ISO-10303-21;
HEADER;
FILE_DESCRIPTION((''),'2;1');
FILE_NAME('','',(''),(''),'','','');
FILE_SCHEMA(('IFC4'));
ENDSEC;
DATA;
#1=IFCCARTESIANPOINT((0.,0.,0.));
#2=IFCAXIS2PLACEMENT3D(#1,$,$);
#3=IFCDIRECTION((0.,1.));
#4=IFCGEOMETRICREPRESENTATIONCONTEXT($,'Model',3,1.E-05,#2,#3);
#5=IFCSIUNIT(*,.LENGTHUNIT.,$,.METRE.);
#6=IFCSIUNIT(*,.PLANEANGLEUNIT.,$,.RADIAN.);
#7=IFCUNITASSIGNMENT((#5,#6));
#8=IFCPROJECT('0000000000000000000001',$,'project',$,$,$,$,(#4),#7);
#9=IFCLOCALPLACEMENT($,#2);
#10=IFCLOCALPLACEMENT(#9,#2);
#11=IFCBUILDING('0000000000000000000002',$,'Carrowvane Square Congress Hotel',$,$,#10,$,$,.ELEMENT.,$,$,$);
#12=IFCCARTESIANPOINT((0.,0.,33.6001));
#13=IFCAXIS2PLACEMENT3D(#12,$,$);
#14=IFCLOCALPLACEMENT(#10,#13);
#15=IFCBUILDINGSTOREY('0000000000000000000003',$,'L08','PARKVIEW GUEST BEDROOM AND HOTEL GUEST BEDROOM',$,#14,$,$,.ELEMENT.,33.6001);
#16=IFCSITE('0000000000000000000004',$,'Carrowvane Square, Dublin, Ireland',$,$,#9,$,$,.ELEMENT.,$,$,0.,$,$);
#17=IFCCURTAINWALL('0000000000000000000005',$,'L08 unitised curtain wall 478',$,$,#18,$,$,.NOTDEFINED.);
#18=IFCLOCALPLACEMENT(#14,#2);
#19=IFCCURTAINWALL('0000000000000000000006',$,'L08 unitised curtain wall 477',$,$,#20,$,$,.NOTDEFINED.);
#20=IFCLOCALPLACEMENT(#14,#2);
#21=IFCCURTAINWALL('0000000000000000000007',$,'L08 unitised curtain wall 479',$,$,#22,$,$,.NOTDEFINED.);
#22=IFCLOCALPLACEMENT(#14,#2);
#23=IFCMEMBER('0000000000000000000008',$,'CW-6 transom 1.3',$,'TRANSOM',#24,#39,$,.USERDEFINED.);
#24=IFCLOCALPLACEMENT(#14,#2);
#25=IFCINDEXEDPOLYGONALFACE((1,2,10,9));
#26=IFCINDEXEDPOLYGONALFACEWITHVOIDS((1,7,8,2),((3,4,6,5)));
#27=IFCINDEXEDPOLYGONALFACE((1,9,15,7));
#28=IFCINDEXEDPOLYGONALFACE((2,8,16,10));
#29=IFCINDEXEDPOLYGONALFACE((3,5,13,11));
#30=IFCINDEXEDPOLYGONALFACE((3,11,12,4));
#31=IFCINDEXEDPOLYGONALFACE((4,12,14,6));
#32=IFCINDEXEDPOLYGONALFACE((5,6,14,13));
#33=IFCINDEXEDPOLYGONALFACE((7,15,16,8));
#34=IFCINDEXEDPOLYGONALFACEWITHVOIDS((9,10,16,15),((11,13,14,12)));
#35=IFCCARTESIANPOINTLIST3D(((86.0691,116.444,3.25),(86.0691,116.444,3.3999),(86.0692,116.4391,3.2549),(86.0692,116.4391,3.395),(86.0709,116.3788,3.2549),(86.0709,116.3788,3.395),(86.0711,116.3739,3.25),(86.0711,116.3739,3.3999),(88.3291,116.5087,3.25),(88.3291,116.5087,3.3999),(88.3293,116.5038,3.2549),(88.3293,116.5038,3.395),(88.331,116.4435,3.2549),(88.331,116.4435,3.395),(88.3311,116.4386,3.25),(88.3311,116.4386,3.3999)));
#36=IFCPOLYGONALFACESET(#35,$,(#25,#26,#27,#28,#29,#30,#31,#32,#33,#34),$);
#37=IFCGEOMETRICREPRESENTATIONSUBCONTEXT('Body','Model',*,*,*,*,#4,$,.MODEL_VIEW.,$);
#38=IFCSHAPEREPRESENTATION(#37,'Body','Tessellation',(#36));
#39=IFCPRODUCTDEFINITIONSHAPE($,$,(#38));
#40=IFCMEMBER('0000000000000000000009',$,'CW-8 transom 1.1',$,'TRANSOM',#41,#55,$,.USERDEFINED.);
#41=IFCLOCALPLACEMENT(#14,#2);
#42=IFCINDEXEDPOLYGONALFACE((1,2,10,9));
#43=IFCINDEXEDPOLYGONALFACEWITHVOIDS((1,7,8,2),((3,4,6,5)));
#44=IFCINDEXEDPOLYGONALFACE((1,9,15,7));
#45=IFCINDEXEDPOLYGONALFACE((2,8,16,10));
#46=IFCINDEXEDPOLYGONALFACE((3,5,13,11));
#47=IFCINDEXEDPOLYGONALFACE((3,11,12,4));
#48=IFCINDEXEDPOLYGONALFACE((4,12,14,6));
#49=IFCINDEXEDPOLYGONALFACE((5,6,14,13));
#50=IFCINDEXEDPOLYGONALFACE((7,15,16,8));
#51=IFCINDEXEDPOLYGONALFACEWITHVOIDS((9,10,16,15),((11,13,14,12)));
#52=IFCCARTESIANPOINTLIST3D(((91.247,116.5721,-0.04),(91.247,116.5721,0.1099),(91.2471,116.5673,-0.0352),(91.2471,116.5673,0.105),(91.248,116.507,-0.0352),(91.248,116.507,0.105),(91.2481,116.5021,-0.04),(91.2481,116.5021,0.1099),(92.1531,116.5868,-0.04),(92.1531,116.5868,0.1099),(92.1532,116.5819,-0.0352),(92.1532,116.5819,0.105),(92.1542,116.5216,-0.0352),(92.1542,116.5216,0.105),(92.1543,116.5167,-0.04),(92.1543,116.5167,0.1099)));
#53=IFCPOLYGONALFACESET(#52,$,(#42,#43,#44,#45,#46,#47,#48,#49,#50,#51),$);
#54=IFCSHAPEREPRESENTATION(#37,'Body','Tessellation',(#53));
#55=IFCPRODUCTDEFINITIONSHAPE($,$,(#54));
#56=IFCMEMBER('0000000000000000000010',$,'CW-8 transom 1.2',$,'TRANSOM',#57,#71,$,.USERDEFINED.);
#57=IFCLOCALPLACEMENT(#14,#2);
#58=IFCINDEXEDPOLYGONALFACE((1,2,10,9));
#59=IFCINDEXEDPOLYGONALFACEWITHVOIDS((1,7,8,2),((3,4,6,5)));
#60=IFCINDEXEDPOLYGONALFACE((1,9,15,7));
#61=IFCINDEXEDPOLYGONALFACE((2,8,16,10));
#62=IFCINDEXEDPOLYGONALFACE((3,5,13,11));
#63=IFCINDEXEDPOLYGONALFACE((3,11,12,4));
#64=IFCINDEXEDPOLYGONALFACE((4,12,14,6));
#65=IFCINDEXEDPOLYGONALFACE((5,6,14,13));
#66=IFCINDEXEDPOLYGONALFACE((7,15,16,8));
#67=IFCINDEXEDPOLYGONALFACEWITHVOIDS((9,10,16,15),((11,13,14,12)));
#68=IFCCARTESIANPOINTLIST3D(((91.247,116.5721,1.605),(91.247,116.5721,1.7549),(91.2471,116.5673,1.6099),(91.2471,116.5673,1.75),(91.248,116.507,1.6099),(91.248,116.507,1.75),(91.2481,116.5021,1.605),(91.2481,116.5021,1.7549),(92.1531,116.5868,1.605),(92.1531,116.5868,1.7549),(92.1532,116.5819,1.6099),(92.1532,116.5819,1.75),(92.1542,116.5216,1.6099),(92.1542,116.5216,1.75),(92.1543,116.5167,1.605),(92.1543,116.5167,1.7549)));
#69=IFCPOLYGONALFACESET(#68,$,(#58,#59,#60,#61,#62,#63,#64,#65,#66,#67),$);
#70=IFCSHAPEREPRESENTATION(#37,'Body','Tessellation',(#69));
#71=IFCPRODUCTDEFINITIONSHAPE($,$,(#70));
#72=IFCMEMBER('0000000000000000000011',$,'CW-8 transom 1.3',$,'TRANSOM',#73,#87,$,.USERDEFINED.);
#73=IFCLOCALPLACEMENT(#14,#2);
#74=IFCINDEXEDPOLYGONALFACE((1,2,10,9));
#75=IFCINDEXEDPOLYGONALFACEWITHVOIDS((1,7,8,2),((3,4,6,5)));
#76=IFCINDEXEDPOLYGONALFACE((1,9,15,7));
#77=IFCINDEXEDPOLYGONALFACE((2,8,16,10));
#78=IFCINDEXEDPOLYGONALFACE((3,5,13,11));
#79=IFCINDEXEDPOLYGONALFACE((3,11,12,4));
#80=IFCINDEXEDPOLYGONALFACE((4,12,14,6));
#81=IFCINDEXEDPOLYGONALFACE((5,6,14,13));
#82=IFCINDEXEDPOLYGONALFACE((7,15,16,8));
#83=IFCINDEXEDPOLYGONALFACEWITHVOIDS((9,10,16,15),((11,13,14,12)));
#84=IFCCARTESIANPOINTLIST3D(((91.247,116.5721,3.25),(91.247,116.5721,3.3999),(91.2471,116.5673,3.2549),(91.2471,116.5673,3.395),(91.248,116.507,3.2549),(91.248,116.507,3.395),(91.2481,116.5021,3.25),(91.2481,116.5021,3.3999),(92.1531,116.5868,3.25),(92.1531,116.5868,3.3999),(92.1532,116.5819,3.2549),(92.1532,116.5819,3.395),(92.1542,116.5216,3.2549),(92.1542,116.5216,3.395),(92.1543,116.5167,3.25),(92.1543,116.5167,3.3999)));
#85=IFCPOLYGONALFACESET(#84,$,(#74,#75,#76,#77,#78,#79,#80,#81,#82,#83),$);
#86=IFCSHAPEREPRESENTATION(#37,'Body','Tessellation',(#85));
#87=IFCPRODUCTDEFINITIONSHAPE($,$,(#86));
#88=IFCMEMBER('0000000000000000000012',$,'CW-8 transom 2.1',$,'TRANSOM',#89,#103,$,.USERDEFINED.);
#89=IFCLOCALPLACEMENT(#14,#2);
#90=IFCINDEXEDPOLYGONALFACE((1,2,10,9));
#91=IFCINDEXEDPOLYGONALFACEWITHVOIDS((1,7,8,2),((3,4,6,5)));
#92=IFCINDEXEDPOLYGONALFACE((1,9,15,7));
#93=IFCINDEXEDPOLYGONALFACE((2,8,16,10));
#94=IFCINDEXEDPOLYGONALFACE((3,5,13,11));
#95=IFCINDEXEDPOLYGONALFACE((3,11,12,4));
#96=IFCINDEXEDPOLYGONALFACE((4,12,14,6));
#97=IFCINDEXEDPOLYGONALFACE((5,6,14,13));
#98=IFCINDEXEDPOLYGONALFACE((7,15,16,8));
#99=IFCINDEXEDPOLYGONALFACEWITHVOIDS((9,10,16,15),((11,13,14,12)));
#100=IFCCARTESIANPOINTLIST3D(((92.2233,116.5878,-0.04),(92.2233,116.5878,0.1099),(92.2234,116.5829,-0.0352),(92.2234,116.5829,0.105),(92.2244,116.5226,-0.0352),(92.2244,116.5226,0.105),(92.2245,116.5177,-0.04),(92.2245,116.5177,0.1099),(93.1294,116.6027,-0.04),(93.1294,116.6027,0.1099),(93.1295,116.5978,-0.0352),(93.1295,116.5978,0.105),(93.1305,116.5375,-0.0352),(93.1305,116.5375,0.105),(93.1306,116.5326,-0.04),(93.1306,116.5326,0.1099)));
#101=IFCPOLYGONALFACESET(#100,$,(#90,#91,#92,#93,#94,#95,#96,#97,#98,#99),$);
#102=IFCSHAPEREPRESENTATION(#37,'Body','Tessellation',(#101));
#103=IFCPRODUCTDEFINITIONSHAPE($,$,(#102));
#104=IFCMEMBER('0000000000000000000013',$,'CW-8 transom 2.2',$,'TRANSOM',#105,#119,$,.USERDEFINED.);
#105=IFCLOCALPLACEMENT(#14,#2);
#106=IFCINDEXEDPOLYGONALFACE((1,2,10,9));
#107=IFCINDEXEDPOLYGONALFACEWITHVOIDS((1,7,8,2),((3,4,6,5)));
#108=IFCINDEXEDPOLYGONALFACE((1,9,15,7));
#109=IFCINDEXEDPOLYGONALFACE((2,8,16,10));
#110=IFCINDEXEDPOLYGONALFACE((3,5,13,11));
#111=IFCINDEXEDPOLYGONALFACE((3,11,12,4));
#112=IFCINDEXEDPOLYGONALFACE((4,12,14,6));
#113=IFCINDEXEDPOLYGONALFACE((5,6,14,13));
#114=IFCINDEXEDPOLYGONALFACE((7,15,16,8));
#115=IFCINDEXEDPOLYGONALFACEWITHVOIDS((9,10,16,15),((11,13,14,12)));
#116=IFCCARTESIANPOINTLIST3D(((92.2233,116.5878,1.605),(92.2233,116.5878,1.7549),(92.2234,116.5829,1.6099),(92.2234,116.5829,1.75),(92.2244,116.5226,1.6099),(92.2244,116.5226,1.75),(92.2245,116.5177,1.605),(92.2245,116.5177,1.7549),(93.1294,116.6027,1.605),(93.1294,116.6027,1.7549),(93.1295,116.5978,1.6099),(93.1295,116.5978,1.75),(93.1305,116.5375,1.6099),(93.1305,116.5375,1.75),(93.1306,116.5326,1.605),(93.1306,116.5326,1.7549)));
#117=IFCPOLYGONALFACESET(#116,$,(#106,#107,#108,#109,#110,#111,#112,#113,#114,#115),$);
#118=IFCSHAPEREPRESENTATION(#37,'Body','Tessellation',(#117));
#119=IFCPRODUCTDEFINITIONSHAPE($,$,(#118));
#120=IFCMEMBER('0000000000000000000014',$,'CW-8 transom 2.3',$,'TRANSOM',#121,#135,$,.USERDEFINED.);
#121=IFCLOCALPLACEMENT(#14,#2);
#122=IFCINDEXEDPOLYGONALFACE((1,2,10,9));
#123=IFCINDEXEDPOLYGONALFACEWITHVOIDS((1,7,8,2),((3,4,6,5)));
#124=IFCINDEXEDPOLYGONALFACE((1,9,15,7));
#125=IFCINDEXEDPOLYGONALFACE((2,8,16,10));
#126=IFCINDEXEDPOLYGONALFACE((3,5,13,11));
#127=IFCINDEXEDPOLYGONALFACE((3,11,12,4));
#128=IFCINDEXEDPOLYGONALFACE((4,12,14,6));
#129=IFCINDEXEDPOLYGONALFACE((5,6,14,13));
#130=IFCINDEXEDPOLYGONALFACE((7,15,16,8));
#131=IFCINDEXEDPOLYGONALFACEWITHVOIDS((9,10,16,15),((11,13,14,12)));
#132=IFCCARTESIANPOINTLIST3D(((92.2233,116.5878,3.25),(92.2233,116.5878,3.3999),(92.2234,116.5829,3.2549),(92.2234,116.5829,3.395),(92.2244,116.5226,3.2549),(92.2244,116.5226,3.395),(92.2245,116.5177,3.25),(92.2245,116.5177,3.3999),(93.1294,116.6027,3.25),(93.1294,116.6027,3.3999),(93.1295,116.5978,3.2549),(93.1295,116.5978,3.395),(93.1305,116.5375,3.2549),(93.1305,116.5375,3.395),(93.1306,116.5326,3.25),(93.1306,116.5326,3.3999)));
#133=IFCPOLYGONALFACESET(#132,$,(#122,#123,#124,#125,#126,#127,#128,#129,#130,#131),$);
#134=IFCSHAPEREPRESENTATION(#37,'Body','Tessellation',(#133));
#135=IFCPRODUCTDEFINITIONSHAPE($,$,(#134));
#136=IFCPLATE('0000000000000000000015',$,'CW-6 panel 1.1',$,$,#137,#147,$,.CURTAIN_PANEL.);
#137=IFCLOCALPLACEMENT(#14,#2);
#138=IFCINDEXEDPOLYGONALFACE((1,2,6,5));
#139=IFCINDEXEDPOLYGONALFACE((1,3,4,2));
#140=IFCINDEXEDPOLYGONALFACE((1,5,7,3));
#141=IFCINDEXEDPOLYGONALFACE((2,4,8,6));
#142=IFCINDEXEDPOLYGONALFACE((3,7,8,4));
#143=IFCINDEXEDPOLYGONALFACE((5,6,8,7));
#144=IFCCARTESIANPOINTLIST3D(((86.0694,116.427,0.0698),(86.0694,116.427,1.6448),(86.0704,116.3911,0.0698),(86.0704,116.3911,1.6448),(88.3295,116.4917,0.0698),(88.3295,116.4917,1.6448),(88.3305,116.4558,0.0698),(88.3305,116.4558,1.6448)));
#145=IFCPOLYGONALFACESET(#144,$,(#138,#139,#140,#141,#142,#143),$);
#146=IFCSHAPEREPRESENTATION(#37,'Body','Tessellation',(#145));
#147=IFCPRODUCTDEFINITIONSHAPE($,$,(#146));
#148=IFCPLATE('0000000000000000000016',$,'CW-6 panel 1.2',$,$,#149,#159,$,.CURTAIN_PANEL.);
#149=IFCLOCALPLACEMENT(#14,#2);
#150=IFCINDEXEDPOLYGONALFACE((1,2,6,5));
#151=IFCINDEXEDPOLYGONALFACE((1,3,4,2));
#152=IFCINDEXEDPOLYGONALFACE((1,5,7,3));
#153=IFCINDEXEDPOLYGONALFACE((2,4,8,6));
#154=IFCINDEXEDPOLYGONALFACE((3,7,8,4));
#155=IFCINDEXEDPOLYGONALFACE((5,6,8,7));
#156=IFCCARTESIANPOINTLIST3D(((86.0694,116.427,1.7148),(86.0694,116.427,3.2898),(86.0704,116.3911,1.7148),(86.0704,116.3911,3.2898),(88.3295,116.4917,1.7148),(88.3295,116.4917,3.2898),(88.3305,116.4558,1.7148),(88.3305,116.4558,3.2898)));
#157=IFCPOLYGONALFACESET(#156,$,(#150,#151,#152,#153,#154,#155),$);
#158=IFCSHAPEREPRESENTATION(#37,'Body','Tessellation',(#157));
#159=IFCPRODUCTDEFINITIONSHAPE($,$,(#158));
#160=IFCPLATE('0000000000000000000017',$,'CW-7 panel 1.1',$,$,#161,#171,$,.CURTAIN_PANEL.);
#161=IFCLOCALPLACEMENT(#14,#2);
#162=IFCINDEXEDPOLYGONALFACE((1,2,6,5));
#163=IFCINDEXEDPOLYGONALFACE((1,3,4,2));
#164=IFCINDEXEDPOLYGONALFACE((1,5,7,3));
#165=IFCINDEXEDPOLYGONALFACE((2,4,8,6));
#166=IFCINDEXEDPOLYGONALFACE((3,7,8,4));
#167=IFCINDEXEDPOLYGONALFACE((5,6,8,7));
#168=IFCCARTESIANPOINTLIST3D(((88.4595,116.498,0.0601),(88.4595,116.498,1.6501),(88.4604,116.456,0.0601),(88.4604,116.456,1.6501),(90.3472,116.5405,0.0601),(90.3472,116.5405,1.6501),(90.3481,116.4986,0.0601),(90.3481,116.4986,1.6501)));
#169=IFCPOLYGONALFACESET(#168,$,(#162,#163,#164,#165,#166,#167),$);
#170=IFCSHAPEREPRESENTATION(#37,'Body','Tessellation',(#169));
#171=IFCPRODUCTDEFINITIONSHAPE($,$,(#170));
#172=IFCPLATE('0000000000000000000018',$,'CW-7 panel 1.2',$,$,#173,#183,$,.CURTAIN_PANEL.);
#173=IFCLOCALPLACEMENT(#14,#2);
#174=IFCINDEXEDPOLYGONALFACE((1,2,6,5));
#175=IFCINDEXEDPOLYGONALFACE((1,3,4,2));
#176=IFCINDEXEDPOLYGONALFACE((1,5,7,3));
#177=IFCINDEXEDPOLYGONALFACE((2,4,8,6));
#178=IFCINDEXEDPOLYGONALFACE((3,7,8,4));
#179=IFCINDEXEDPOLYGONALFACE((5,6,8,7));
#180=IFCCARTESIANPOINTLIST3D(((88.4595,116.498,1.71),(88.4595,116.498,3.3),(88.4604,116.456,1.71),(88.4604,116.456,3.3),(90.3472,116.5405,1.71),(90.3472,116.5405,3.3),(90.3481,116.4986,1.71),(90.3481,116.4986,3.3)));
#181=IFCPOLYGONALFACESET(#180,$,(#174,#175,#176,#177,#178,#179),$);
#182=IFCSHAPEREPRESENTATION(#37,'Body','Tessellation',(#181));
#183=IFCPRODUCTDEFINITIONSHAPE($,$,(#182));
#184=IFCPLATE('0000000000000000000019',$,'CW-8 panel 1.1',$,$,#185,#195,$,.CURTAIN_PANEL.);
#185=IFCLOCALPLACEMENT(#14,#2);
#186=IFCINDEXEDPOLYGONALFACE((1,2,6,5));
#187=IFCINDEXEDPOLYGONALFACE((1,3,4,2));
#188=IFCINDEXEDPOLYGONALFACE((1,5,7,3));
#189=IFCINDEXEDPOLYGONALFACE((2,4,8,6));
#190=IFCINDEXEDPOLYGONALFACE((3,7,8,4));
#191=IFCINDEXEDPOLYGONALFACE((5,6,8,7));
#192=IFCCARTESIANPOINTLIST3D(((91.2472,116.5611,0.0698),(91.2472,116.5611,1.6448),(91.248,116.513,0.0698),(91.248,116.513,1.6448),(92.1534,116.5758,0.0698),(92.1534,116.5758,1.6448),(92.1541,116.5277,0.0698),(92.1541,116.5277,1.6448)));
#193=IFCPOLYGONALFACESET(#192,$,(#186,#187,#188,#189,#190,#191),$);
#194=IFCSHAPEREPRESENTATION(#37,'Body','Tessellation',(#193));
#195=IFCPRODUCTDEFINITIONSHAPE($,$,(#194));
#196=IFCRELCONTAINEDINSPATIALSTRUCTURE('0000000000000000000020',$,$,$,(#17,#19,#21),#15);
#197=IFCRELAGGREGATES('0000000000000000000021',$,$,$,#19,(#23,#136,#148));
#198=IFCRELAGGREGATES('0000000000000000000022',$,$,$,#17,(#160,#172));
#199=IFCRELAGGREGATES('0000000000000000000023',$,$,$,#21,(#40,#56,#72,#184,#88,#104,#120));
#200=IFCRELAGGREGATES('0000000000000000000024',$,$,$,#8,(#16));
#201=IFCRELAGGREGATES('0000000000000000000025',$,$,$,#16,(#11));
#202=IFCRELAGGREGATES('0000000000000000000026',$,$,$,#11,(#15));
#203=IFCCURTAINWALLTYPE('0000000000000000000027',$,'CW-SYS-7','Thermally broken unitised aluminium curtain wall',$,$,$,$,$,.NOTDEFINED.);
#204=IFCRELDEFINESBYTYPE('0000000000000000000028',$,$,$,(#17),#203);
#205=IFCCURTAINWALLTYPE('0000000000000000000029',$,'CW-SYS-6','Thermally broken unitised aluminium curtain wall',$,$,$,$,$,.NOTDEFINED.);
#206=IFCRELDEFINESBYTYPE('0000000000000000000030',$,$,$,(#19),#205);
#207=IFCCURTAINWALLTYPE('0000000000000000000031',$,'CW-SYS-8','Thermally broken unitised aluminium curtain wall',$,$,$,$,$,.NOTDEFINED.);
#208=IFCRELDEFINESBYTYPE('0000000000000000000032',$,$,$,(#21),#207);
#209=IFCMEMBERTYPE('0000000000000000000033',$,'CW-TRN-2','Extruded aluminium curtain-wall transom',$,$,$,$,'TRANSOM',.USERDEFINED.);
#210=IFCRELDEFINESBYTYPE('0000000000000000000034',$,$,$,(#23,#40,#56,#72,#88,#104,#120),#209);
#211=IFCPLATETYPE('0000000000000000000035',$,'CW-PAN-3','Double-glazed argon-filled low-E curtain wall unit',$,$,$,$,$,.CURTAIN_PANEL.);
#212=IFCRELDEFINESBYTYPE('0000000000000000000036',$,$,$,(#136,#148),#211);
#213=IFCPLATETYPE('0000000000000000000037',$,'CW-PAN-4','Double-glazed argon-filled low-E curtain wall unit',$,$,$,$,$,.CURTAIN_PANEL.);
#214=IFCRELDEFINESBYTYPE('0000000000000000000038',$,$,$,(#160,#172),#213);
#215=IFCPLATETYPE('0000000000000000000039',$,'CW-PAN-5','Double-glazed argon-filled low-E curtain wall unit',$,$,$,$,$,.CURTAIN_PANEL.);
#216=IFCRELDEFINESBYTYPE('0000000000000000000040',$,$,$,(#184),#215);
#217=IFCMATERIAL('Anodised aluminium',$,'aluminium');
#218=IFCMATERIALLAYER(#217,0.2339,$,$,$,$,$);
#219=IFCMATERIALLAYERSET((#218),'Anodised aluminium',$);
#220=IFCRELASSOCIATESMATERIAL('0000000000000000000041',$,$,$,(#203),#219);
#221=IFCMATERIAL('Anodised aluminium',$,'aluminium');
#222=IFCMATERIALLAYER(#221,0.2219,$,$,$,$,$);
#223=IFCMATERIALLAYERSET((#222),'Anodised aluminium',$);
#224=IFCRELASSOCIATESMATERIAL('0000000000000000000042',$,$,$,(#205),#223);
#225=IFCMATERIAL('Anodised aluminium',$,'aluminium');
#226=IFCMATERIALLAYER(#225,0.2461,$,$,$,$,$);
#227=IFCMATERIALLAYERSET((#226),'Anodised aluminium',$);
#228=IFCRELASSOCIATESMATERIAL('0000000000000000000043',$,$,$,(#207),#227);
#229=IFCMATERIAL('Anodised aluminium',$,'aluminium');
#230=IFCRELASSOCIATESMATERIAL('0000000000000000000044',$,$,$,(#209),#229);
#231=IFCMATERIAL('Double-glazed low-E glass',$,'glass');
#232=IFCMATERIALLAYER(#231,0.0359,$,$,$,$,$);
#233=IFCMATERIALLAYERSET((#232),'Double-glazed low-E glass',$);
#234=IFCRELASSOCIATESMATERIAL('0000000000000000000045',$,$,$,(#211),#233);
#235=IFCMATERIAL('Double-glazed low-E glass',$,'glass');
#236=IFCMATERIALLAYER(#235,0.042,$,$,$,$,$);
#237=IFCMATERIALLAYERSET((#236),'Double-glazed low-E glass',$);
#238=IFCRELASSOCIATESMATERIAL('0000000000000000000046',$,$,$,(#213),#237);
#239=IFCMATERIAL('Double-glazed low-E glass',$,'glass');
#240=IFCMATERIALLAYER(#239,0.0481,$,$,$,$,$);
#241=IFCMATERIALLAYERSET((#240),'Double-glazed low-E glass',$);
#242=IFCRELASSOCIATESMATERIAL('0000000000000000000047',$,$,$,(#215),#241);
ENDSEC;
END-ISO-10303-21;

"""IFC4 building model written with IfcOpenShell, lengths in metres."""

from ifc_helpers import new_model, si_unit, direction, frame, origin, origin_2d, place, context, subcontext, project, spatial, rectangle, hollow_rectangle, extrude, material, layer, layer_set, material_profile, profile_set, type_object, element, aggregate, save


model = new_model("IFC4")

# Units and contexts
model_context = context("Model", 3, precision=1e-05, world=origin(), true_north=direction((0.0, 1.0)))
body_context = subcontext(model_context, "Body", "Model", "MODEL_VIEW")
ifc_project = project(units=[si_unit("LENGTHUNIT", "METRE"), si_unit("PLANEANGLEUNIT", "RADIAN")], contexts=[model_context])

# Site, building, storey
site_placement = place(None, origin())
site = spatial("IfcSite", under=ifc_project, at=site_placement, Name="Carrowvane Square, Dublin, Ireland", CompositionType="ELEMENT", RefElevation=0.0)
building_placement = place(site_placement, origin())
building = spatial("IfcBuilding", under=site, at=building_placement, Name="Carrowvane Square Congress Hotel", CompositionType="ELEMENT")
storey_placement = place(building_placement, frame((0.0, 0.0, 33.6001)))
storey = spatial("IfcBuildingStorey", under=building, at=storey_placement, Name="L08", Description="PARKVIEW GUEST BEDROOM AND HOTEL GUEST BEDROOM", CompositionType="ELEMENT", Elevation=33.6001)

# Curtain walls
ifc_material_1 = material(Name="Anodised aluminium", Category="aluminium")
ifc_layer_1 = layer(ifc_material_1, 0.2339)
ifc_layer_set_1 = layer_set([ifc_layer_1], Name="Anodised aluminium")
curtain_wall_type_1 = type_object("IfcCurtainWallType", Name="CW-SYS-7", Description="Thermally broken unitised aluminium curtain wall", PredefinedType="NOTDEFINED", material=ifc_layer_set_1)
curtain_wall_1_placement = place(storey_placement, origin())
curtain_wall_1 = element("IfcCurtainWall", 1, at=curtain_wall_1_placement, inside=storey, type_object=curtain_wall_type_1, Name="L08 unitised curtain wall 478", PredefinedType="NOTDEFINED")
ifc_material_2 = material(Name="Anodised aluminium", Category="aluminium")
ifc_layer_2 = layer(ifc_material_2, 0.2219)
ifc_layer_set_2 = layer_set([ifc_layer_2], Name="Anodised aluminium")
curtain_wall_type_2 = type_object("IfcCurtainWallType", Name="CW-SYS-6", Description="Thermally broken unitised aluminium curtain wall", PredefinedType="NOTDEFINED", material=ifc_layer_set_2)
curtain_wall_2_placement = place(storey_placement, origin())
curtain_wall_2 = element("IfcCurtainWall", 2, at=curtain_wall_2_placement, inside=storey, type_object=curtain_wall_type_2, Name="L08 unitised curtain wall 477", PredefinedType="NOTDEFINED")
ifc_material_3 = material(Name="Anodised aluminium", Category="aluminium")
ifc_layer_3 = layer(ifc_material_3, 0.2461)
ifc_layer_set_3 = layer_set([ifc_layer_3], Name="Anodised aluminium")
curtain_wall_type_3 = type_object("IfcCurtainWallType", Name="CW-SYS-8", Description="Thermally broken unitised aluminium curtain wall", PredefinedType="NOTDEFINED", material=ifc_layer_set_3)
curtain_wall_3_placement = place(storey_placement, origin())
curtain_wall_3 = element("IfcCurtainWall", 3, at=curtain_wall_3_placement, inside=storey, type_object=curtain_wall_type_3, Name="L08 unitised curtain wall 479", PredefinedType="NOTDEFINED")

# Members
ifc_material_4 = material(Name="Anodised aluminium", Category="aluminium")
ifc_material_profile_1 = material_profile(ifc_material_4, hollow_rectangle(XDim=0.0701, YDim=0.1499, WallThickness=0.0049, at=origin_2d()), Name="CW-TR 70x150x5")
ifc_profile_set_1 = profile_set([ifc_material_profile_1], Name="Anodised aluminium")
member_type_1 = type_object("IfcMemberType", Name="CW-TRN-2", Description="Extruded aluminium curtain-wall transom", ElementType="TRANSOM", PredefinedType="USERDEFINED", material=ifc_profile_set_1)
member_1_placement = place(storey_placement, frame((86.0701, 116.4089, 3.325), z_axis=(0.99959, 0.028615, 0.0), x_axis=(-0.028615, 0.99959, 0.0)))
member_1 = element("IfcMember", 4, at=member_1_placement, type_object=member_type_1, Name="CW-6 transom 1.3", ObjectType="TRANSOM", PredefinedType="USERDEFINED", context=body_context, shape_type="SweptSolid", body=[
    extrude(hollow_rectangle(XDim=0.0701, YDim=0.1499, WallThickness=0.0049, at=origin_2d()), origin(), (0.0, 0.0, 1.0), 2.261),
])
member_2_placement = place(storey_placement, frame((91.2476, 116.5371, 0.0349), z_axis=(0.999869, 0.016162, 0.0), x_axis=(-0.016162, 0.999869, 0.0)))
member_2 = element("IfcMember", 5, at=member_2_placement, type_object=member_type_1, Name="CW-8 transom 1.1", ObjectType="TRANSOM", PredefinedType="USERDEFINED", context=body_context, shape_type="SweptSolid", body=[
    extrude(hollow_rectangle(XDim=0.0701, YDim=0.1499, WallThickness=0.0049, at=origin_2d()), origin(), (0.0, 0.0, 1.0), 0.9062),
])
member_3_placement = place(storey_placement, frame((91.2476, 116.5371, 1.6799), z_axis=(0.999869, 0.016162, 0.0), x_axis=(-0.016162, 0.999869, 0.0)))
member_3 = element("IfcMember", 6, at=member_3_placement, type_object=member_type_1, Name="CW-8 transom 1.2", ObjectType="TRANSOM", PredefinedType="USERDEFINED", context=body_context, shape_type="SweptSolid", body=[
    extrude(hollow_rectangle(XDim=0.0701, YDim=0.1499, WallThickness=0.0049, at=origin_2d()), origin(), (0.0, 0.0, 1.0), 0.9062),
])
member_4_placement = place(storey_placement, frame((91.2476, 116.5371, 3.325), z_axis=(0.999869, 0.016162, 0.0), x_axis=(-0.016162, 0.999869, 0.0)))
member_4 = element("IfcMember", 7, at=member_4_placement, type_object=member_type_1, Name="CW-8 transom 1.3", ObjectType="TRANSOM", PredefinedType="USERDEFINED", context=body_context, shape_type="SweptSolid", body=[
    extrude(hollow_rectangle(XDim=0.0701, YDim=0.1499, WallThickness=0.0049, at=origin_2d()), origin(), (0.0, 0.0, 1.0), 0.9062),
])
member_5_placement = place(storey_placement, frame((92.2239, 116.5527, 0.0349), z_axis=(0.999865, 0.016435, 0.0), x_axis=(-0.016435, 0.999865, 0.0)))
member_5 = element("IfcMember", 8, at=member_5_placement, type_object=member_type_1, Name="CW-8 transom 2.1", ObjectType="TRANSOM", PredefinedType="USERDEFINED", context=body_context, shape_type="SweptSolid", body=[
    extrude(hollow_rectangle(XDim=0.0701, YDim=0.1499, WallThickness=0.0049, at=origin_2d()), origin(), (0.0, 0.0, 1.0), 0.9062),
])
member_6_placement = place(storey_placement, frame((92.2239, 116.5527, 1.6799), z_axis=(0.999865, 0.016435, 0.0), x_axis=(-0.016435, 0.999865, 0.0)))
member_6 = element("IfcMember", 9, at=member_6_placement, type_object=member_type_1, Name="CW-8 transom 2.2", ObjectType="TRANSOM", PredefinedType="USERDEFINED", context=body_context, shape_type="SweptSolid", body=[
    extrude(hollow_rectangle(XDim=0.0701, YDim=0.1499, WallThickness=0.0049, at=origin_2d()), origin(), (0.0, 0.0, 1.0), 0.9062),
])
member_7_placement = place(storey_placement, frame((92.2239, 116.5527, 3.325), z_axis=(0.999865, 0.016435, 0.0), x_axis=(-0.016435, 0.999865, 0.0)))
member_7 = element("IfcMember", 10, at=member_7_placement, type_object=member_type_1, Name="CW-8 transom 2.3", ObjectType="TRANSOM", PredefinedType="USERDEFINED", context=body_context, shape_type="SweptSolid", body=[
    extrude(hollow_rectangle(XDim=0.0701, YDim=0.1499, WallThickness=0.0049, at=origin_2d()), origin(), (0.0, 0.0, 1.0), 0.9062),
])

# Plates
ifc_material_5 = material(Name="Double-glazed low-E glass", Category="glass")
ifc_layer_4 = layer(ifc_material_5, 0.0359)
ifc_layer_set_4 = layer_set([ifc_layer_4], Name="Double-glazed low-E glass")
plate_type_1 = type_object("IfcPlateType", Name="CW-PAN-3", Description="Double-glazed argon-filled low-E curtain wall unit", PredefinedType="CURTAIN_PANEL", material=ifc_layer_set_4)
plate_1_placement = place(storey_placement, frame((87.2, 116.4414, 0.0698), z_axis=(0.0, 0.0, 1.0), x_axis=(0.99959, 0.028638, 0.0)))
plate_1 = element("IfcPlate", 11, at=plate_1_placement, type_object=plate_type_1, Name="CW-6 panel 1.1", PredefinedType="CURTAIN_PANEL", context=body_context, shape_type="SweptSolid", body=[
    extrude(rectangle(XDim=2.261, YDim=0.0359, at=origin_2d()), origin(), (0.0, 0.0, 1.0), 1.575),
])
plate_2_placement = place(storey_placement, frame((87.2, 116.4414, 1.7148), z_axis=(0.0, 0.0, 1.0), x_axis=(0.99959, 0.028638, 0.0)))
plate_2 = element("IfcPlate", 12, at=plate_2_placement, type_object=plate_type_1, Name="CW-6 panel 1.2", PredefinedType="CURTAIN_PANEL", context=body_context, shape_type="SweptSolid", body=[
    extrude(rectangle(XDim=2.261, YDim=0.0359, at=origin_2d()), origin(), (0.0, 0.0, 1.0), 1.575),
])
aggregate(curtain_wall_2, [member_1, plate_1, plate_2])
ifc_material_6 = material(Name="Double-glazed low-E glass", Category="glass")
ifc_layer_5 = layer(ifc_material_6, 0.042)
ifc_layer_set_5 = layer_set([ifc_layer_5], Name="Double-glazed low-E glass")
plate_type_2 = type_object("IfcPlateType", Name="CW-PAN-4", Description="Double-glazed argon-filled low-E curtain wall unit", PredefinedType="CURTAIN_PANEL", material=ifc_layer_set_5)
plate_3_placement = place(storey_placement, frame((89.4038, 116.4983, 0.0601), z_axis=(0.0, 0.0, 1.0), x_axis=(0.999746, 0.022518, 0.0)))
plate_3 = element("IfcPlate", 13, at=plate_3_placement, type_object=plate_type_2, Name="CW-7 panel 1.1", PredefinedType="CURTAIN_PANEL", context=body_context, shape_type="SweptSolid", body=[
    extrude(rectangle(XDim=1.8882, YDim=0.042, at=origin_2d()), origin(), (0.0, 0.0, 1.0), 1.5901),
])
plate_4_placement = place(storey_placement, frame((89.4038, 116.4983, 1.71), z_axis=(0.0, 0.0, 1.0), x_axis=(0.999746, 0.022518, 0.0)))
plate_4 = element("IfcPlate", 14, at=plate_4_placement, type_object=plate_type_2, Name="CW-7 panel 1.2", PredefinedType="CURTAIN_PANEL", context=body_context, shape_type="SweptSolid", body=[
    extrude(rectangle(XDim=1.8882, YDim=0.042, at=origin_2d()), origin(), (0.0, 0.0, 1.0), 1.5901),
])
aggregate(curtain_wall_1, [plate_3, plate_4])
ifc_material_7 = material(Name="Double-glazed low-E glass", Category="glass")
ifc_layer_6 = layer(ifc_material_7, 0.0481)
ifc_layer_set_6 = layer_set([ifc_layer_6], Name="Double-glazed low-E glass")
plate_type_3 = type_object("IfcPlateType", Name="CW-PAN-5", Description="Double-glazed argon-filled low-E curtain wall unit", PredefinedType="CURTAIN_PANEL", material=ifc_layer_set_6)
plate_5_placement = place(storey_placement, frame((91.7007, 116.5444, 0.0698), z_axis=(0.0, 0.0, 1.0), x_axis=(0.999869, 0.016216, 0.0)))
plate_5 = element("IfcPlate", 15, at=plate_5_placement, type_object=plate_type_3, Name="CW-8 panel 1.1", PredefinedType="CURTAIN_PANEL", context=body_context, shape_type="SweptSolid", body=[
    extrude(rectangle(XDim=0.9062, YDim=0.0481, at=origin_2d()), origin(), (0.0, 0.0, 1.0), 1.575),
])
aggregate(curtain_wall_3, [member_2, member_3, member_4, plate_5, member_5, member_6, member_7])

save(model, "model.ifc")
